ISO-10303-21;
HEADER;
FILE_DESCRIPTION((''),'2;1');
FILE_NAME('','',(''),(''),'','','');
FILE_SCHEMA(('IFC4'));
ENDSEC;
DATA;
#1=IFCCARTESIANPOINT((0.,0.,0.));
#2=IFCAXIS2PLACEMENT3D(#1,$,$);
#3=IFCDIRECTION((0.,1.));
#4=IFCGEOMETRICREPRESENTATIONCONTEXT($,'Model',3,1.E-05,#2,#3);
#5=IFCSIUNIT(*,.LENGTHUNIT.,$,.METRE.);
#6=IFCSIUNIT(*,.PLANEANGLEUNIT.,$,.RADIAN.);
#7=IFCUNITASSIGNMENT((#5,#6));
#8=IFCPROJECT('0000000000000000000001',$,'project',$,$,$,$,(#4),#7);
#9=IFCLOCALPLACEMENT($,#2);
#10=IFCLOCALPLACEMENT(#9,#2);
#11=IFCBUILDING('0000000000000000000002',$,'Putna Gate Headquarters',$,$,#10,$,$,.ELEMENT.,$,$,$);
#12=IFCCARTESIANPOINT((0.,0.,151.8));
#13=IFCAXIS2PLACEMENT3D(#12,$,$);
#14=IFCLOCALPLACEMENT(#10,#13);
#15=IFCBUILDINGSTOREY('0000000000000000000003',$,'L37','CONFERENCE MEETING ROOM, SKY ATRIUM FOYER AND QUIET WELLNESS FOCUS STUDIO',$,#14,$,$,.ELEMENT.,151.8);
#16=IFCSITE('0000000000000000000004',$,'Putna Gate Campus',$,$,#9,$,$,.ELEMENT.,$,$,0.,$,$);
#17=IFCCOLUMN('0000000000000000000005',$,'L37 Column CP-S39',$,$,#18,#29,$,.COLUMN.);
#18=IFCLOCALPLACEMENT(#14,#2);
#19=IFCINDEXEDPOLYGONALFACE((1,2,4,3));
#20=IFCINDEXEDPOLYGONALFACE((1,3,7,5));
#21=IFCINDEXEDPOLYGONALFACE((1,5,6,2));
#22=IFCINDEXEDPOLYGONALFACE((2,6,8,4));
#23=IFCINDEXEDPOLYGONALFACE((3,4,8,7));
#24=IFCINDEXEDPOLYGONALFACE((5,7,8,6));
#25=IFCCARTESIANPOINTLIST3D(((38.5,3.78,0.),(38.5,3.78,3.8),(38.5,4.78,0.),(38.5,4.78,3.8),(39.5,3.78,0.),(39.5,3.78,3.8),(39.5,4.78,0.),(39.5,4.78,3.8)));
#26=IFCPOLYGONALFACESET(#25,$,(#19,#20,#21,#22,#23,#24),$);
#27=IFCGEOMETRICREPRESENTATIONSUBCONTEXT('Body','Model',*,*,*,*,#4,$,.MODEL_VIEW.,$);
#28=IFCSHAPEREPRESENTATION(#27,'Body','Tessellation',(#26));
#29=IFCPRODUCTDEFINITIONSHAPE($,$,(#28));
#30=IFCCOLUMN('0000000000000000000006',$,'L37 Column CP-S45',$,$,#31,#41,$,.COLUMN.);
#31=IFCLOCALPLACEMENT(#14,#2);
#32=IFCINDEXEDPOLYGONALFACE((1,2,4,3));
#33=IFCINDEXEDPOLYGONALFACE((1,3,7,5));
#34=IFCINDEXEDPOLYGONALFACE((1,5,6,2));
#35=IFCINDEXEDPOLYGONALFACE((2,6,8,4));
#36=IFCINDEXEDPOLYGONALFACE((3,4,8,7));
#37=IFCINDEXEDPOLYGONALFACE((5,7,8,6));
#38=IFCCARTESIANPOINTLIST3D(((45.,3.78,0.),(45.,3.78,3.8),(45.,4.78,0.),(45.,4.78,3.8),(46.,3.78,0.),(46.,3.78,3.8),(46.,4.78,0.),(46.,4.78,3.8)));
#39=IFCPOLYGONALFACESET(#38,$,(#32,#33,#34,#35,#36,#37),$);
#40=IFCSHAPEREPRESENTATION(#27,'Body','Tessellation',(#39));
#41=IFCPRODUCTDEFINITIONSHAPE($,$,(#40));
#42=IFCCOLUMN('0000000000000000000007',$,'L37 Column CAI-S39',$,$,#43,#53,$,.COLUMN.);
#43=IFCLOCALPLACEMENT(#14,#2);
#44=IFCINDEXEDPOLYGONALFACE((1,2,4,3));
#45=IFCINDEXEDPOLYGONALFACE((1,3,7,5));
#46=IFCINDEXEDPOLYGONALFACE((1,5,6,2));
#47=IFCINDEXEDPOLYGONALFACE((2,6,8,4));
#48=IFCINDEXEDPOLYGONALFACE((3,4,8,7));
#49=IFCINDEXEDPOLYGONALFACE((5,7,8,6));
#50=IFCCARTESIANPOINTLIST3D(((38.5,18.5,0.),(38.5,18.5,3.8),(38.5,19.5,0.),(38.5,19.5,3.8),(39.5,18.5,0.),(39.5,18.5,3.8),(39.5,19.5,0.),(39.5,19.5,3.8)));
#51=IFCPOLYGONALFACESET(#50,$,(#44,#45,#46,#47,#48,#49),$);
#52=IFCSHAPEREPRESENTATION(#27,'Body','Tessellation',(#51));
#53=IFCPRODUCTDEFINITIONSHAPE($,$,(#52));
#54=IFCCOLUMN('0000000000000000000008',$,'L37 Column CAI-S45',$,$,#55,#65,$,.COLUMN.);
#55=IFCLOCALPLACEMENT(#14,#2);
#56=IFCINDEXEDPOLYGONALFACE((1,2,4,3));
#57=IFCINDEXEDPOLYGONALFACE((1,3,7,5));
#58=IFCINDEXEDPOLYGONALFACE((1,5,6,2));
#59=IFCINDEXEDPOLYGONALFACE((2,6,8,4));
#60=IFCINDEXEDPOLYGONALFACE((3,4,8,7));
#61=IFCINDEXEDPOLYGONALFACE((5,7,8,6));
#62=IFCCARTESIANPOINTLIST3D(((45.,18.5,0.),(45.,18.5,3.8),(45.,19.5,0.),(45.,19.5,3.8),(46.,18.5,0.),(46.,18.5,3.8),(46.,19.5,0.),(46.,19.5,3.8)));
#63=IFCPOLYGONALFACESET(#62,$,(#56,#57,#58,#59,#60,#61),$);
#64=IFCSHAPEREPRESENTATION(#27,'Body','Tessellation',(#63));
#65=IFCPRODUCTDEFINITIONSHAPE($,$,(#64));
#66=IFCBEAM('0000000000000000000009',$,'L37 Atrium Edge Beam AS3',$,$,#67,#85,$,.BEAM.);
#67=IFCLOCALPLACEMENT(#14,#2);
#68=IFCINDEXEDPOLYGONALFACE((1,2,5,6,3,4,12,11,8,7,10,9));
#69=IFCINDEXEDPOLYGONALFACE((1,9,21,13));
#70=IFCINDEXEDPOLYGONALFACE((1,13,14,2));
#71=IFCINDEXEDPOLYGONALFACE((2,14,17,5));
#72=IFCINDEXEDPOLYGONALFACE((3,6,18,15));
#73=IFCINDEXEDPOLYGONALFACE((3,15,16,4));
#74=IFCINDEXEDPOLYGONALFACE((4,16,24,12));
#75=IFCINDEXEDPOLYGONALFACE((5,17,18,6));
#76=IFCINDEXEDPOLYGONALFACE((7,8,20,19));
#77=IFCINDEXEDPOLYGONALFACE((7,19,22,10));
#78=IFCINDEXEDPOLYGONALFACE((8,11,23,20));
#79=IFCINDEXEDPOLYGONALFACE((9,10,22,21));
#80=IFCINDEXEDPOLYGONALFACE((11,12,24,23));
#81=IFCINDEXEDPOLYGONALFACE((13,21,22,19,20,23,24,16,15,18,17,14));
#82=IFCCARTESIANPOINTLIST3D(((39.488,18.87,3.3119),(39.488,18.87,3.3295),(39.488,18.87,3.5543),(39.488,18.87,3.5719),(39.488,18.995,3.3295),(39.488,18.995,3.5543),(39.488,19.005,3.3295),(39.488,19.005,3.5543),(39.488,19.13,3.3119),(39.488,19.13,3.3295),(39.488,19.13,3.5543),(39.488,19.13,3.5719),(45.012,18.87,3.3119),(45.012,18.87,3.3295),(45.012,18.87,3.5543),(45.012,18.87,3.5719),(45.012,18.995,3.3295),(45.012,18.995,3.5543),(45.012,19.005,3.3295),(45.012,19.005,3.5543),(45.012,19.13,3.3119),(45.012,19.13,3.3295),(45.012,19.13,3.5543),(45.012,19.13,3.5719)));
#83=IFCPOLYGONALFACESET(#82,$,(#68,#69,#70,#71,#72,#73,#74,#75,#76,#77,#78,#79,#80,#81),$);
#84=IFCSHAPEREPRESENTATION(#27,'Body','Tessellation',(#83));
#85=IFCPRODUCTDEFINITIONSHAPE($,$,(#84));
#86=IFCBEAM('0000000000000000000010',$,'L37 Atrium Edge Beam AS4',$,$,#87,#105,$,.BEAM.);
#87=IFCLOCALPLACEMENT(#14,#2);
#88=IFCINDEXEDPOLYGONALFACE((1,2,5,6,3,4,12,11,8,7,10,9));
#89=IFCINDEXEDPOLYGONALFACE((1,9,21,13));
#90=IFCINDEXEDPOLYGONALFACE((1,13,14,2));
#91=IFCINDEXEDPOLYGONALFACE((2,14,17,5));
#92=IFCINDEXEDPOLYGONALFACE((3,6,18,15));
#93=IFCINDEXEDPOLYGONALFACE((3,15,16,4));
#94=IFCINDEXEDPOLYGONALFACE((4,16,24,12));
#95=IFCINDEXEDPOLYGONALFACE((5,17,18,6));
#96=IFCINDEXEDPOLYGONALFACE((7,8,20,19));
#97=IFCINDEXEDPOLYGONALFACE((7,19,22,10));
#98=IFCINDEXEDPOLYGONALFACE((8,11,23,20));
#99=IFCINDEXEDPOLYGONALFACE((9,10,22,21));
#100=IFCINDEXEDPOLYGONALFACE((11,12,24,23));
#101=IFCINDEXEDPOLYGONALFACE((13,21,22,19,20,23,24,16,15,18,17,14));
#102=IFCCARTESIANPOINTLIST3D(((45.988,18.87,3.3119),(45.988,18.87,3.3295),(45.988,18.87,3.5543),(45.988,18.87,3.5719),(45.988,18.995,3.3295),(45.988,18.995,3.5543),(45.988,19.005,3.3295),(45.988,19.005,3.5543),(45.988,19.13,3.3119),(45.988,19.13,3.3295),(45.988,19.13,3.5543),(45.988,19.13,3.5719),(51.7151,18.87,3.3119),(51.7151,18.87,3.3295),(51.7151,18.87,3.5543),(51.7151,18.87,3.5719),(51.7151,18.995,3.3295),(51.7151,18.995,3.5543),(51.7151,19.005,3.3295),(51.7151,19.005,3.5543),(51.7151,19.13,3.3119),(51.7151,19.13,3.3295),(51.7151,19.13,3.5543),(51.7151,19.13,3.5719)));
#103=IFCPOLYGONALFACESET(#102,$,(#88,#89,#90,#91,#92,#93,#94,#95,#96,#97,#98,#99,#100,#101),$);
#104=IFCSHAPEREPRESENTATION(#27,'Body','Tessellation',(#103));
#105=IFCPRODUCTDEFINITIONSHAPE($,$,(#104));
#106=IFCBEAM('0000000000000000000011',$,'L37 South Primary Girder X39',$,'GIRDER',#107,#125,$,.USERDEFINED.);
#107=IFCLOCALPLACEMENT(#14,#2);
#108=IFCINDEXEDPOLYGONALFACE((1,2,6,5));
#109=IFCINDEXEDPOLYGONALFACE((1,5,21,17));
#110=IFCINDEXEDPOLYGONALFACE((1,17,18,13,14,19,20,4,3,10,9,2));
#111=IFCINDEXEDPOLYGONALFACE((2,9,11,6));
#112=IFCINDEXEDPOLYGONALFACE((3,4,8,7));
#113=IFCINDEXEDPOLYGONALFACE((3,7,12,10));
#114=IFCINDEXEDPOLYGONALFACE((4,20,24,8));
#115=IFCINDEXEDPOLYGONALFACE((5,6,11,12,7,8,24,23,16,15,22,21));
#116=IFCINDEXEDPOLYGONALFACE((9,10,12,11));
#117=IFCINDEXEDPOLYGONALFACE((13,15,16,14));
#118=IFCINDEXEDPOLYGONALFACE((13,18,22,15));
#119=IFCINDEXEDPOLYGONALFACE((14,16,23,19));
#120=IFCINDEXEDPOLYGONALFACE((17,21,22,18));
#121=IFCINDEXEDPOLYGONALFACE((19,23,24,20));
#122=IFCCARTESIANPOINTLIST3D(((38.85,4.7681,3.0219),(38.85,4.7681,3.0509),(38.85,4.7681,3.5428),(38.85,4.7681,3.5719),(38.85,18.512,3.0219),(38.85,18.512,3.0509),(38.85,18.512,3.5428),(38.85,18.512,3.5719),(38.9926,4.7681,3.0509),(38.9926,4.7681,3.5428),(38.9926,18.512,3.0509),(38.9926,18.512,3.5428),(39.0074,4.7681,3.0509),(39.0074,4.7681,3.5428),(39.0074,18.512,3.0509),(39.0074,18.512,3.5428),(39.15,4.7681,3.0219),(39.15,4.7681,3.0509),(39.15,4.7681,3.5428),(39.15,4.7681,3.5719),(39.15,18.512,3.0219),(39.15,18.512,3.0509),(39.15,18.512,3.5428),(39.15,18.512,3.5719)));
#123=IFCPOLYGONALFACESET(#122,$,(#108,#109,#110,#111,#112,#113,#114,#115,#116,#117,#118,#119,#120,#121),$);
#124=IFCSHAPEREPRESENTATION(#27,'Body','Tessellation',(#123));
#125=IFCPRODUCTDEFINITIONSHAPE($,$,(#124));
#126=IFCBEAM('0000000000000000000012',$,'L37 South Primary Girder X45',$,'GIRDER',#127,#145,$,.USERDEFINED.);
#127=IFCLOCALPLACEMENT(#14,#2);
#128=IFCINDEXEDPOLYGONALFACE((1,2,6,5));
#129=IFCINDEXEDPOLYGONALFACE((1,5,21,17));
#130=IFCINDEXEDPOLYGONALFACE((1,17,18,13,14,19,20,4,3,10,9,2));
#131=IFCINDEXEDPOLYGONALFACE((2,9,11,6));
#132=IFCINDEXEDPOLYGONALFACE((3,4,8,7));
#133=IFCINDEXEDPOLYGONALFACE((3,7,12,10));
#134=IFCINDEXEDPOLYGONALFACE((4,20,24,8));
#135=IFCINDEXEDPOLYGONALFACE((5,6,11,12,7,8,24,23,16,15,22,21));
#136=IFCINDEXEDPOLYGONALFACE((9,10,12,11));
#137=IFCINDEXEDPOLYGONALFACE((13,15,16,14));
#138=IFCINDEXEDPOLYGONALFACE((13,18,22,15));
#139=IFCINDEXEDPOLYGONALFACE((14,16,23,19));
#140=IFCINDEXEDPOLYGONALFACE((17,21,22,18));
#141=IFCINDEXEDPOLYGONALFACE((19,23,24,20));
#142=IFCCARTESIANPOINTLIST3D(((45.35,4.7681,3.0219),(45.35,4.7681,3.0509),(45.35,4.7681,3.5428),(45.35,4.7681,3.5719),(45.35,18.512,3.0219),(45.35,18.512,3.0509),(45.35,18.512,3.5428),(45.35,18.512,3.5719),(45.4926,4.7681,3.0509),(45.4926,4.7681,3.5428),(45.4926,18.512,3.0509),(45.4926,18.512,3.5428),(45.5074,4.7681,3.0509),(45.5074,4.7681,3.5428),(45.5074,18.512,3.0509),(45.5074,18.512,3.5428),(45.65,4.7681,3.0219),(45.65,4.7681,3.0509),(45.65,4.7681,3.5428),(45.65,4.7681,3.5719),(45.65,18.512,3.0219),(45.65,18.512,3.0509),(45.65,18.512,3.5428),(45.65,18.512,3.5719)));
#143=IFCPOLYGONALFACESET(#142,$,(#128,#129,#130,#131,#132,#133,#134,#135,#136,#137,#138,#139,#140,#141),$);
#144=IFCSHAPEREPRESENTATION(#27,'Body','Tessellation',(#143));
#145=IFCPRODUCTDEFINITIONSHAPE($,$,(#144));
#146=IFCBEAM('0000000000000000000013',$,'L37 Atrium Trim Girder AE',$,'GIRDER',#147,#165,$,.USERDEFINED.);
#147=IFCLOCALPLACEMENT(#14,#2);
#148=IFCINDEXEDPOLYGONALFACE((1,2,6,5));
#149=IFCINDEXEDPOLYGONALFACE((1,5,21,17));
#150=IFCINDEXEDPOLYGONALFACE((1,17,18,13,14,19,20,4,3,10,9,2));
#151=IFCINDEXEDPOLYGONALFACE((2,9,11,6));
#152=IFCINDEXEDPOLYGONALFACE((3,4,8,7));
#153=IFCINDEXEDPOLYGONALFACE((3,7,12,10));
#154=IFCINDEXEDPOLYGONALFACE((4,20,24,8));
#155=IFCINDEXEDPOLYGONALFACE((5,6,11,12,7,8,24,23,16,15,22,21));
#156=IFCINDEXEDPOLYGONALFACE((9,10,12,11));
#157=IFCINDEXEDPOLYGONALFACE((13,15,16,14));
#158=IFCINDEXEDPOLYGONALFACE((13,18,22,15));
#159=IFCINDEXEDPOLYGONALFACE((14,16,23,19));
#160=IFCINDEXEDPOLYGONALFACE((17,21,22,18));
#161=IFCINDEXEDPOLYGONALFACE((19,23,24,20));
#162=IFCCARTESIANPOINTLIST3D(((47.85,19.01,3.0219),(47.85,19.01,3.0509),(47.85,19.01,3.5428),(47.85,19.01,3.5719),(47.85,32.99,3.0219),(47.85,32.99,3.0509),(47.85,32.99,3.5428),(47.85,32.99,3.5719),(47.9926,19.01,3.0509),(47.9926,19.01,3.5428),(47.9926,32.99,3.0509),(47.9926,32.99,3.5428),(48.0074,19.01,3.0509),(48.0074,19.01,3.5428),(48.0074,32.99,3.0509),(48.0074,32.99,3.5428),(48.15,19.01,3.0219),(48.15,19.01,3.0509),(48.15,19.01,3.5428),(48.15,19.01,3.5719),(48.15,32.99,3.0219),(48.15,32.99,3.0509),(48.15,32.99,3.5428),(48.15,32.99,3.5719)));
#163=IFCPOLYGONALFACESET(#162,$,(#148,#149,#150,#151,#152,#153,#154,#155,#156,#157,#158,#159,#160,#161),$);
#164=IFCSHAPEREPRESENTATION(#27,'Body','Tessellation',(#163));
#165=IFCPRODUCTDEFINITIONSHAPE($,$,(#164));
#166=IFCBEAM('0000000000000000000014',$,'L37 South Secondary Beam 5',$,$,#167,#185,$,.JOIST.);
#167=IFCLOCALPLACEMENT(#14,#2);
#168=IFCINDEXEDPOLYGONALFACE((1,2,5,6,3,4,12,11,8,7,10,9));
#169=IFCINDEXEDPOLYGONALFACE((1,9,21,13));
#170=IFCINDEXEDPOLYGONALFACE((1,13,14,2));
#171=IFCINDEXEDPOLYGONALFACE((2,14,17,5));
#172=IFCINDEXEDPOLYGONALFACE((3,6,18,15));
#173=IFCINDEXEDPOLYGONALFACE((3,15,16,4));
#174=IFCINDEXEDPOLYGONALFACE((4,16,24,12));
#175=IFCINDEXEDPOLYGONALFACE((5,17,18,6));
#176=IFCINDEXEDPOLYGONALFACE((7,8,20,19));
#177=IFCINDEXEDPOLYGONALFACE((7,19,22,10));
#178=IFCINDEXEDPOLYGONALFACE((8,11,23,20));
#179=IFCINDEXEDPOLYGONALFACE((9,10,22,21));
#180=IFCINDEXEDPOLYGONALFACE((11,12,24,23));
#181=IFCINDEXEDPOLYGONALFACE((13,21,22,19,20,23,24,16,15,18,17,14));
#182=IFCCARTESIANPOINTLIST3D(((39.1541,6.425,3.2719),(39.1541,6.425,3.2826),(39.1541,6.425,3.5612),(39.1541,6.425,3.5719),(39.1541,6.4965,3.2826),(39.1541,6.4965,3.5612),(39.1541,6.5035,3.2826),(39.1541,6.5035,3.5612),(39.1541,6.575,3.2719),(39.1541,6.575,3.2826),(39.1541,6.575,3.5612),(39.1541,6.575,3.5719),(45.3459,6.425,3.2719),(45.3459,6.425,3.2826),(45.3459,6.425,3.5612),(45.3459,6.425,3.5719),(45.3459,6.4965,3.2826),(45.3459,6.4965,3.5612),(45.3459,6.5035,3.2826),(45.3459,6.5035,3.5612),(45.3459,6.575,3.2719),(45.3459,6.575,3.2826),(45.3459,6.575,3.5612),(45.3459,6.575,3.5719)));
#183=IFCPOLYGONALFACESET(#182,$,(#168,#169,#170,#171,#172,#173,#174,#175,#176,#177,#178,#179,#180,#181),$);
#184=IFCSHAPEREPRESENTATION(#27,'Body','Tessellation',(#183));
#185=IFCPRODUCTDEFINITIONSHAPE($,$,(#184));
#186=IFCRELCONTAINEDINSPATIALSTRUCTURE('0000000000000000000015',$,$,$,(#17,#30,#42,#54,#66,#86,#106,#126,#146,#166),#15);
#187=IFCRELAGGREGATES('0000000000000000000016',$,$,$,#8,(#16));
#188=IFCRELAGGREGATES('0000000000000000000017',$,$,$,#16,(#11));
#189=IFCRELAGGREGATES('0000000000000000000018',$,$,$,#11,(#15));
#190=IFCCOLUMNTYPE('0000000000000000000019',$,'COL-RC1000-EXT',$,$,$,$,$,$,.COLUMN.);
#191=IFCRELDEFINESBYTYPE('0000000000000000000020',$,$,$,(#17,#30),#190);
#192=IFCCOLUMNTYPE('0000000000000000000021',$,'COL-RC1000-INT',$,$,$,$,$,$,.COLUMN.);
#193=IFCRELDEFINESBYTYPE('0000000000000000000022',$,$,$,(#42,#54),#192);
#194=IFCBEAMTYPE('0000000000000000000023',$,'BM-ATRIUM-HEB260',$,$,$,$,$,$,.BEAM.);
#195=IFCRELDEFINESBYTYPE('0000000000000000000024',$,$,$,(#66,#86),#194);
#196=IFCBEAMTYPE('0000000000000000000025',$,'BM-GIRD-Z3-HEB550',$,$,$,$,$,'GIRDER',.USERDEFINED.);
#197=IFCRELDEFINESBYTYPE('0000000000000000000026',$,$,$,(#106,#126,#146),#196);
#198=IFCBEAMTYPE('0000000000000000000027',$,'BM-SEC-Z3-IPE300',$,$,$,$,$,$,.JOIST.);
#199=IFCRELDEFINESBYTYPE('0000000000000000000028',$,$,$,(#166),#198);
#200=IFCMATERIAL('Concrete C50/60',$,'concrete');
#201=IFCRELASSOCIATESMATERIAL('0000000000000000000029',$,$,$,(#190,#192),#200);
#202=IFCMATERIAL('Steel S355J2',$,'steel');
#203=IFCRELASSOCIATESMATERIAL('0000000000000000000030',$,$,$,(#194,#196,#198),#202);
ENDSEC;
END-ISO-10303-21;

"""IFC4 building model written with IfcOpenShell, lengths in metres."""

from ifc_helpers import new_model, si_unit, direction, frame, origin, origin_2d, place, context, subcontext, project, spatial, rectangle, i_section, extrude, material, material_profile, profile_set, type_object, element, save


model = new_model("IFC4")

# Units and contexts
model_context = context("Model", 3, precision=1e-05, world=origin(), true_north=direction((0.0, 1.0)))
body_context = subcontext(model_context, "Body", "Model", "MODEL_VIEW")
ifc_project = project(units=[si_unit("LENGTHUNIT", "METRE"), si_unit("PLANEANGLEUNIT", "RADIAN")], contexts=[model_context])

# Site, building, storey
site_placement = place(None, origin())
site = spatial("IfcSite", under=ifc_project, at=site_placement, Name="Putna Gate Campus", CompositionType="ELEMENT", RefElevation=0.0)
building_placement = place(site_placement, origin())
building = spatial("IfcBuilding", under=site, at=building_placement, Name="Putna Gate Headquarters", CompositionType="ELEMENT")
storey_placement = place(building_placement, frame((0.0, 0.0, 151.8)))
storey = spatial("IfcBuildingStorey", under=building, at=storey_placement, Name="L37", Description="CONFERENCE MEETING ROOM, SKY ATRIUM FOYER AND QUIET WELLNESS FOCUS STUDIO", CompositionType="ELEMENT", Elevation=151.8)

# Columns
ifc_material_1 = material(Name="Concrete C50/60", Category="concrete")
ifc_material_profile_1 = material_profile(ifc_material_1, rectangle(XDim=1.0, YDim=1.0, at=origin_2d()), Name="Concrete C50/60")
ifc_profile_set_1 = profile_set([ifc_material_profile_1], Name="Concrete C50/60")
column_type_1 = type_object("IfcColumnType", Name="COL-RC1000-EXT", PredefinedType="COLUMN", material=ifc_profile_set_1)
for number, where, z_axis, x_axis, name in (
    (1, (39.0, 4.28, 0.0), (0.0, 0.0, 1.0), (1.0, 0.0, 0.0), "L37 Column CP-S39"),
    (2, (45.5, 4.28, 0.0), (0.0, 0.0, 1.0), (1.0, 0.0, 0.0), "L37 Column CP-S45"),
):
    element("IfcColumn", number, at=place(storey_placement, frame(where, z_axis=z_axis, x_axis=x_axis)), inside=storey, type_object=column_type_1, Name=name, PredefinedType="COLUMN", context=body_context, shape_type="SweptSolid", body=[
        extrude(rectangle(XDim=1.0, YDim=1.0, at=origin_2d()), origin(), (0.0, 0.0, 1.0), 3.8),
    ])
ifc_material_profile_2 = material_profile(ifc_material_1, rectangle(XDim=1.0, YDim=1.0, at=origin_2d()), Name="Concrete C50/60")
ifc_profile_set_2 = profile_set([ifc_material_profile_2], Name="Concrete C50/60")
column_type_2 = type_object("IfcColumnType", Name="COL-RC1000-INT", PredefinedType="COLUMN", material=ifc_profile_set_2)
for number, where, z_axis, x_axis, name in (
    (3, (39.0, 19.0, 0.0), (0.0, 0.0, 1.0), (1.0, 0.0, 0.0), "L37 Column CAI-S39"),
    (4, (45.5, 19.0, 0.0), (0.0, 0.0, 1.0), (1.0, 0.0, 0.0), "L37 Column CAI-S45"),
):
    element("IfcColumn", number, at=place(storey_placement, frame(where, z_axis=z_axis, x_axis=x_axis)), inside=storey, type_object=column_type_2, Name=name, PredefinedType="COLUMN", context=body_context, shape_type="SweptSolid", body=[
        extrude(rectangle(XDim=1.0, YDim=1.0, at=origin_2d()), origin(), (0.0, 0.0, 1.0), 3.8),
    ])

# Beams
ifc_material_2 = material(Name="Steel S355J2", Category="steel")
ifc_material_profile_3 = material_profile(ifc_material_2, i_section(OverallWidth=0.26, OverallDepth=0.26, WebThickness=0.01, FlangeThickness=0.0176, at=origin_2d()), Name="Steel S355J2")
ifc_profile_set_3 = profile_set([ifc_material_profile_3], Name="Steel S355J2")
beam_type_1 = type_object("IfcBeamType", Name="BM-ATRIUM-HEB260", PredefinedType="BEAM", material=ifc_profile_set_3)
beam_1_placement = place(storey_placement, frame((39.488, 19.0, 3.4419), z_axis=(1.0, 0.0, 0.0), x_axis=(0.0, 1.0, 0.0)))
element("IfcBeam", 5, at=beam_1_placement, inside=storey, type_object=beam_type_1, Name="L37 Atrium Edge Beam AS3", PredefinedType="BEAM", context=body_context, shape_type="SweptSolid", body=[
    extrude(i_section(OverallWidth=0.26, OverallDepth=0.26, WebThickness=0.01, FlangeThickness=0.0176, at=origin_2d()), origin(), (0.0, 0.0, 1.0), 5.5239),
])
beam_2_placement = place(storey_placement, frame((45.988, 19.0, 3.4419), z_axis=(1.0, 0.0, 0.0), x_axis=(0.0, 1.0, 0.0)))
element("IfcBeam", 6, at=beam_2_placement, inside=storey, type_object=beam_type_1, Name="L37 Atrium Edge Beam AS4", PredefinedType="BEAM", context=body_context, shape_type="SweptSolid", body=[
    extrude(i_section(OverallWidth=0.26, OverallDepth=0.26, WebThickness=0.01, FlangeThickness=0.0176, at=origin_2d()), origin(), (0.0, 0.0, 1.0), 5.7271),
])
ifc_material_profile_4 = material_profile(ifc_material_2, i_section(OverallWidth=0.3, OverallDepth=0.55, WebThickness=0.0149, FlangeThickness=0.0291, at=origin_2d()), Name="Steel S355J2")
ifc_profile_set_4 = profile_set([ifc_material_profile_4], Name="Steel S355J2")
beam_type_2 = type_object("IfcBeamType", Name="BM-GIRD-Z3-HEB550", ElementType="GIRDER", PredefinedType="USERDEFINED", material=ifc_profile_set_4)
for number, where, z_axis, x_axis, name in (
    (7, (39.0, 4.7681, 3.2969), (0.0, 1.0, 0.0), (-1.0, 0.0, 0.0), "L37 South Primary Girder X39"),
    (8, (45.5, 4.7681, 3.2969), (0.0, 1.0, 0.0), (-1.0, 0.0, 0.0), "L37 South Primary Girder X45"),
):
    element("IfcBeam", number, at=place(storey_placement, frame(where, z_axis=z_axis, x_axis=x_axis)), inside=storey, type_object=beam_type_2, Name=name, ObjectType="GIRDER", PredefinedType="USERDEFINED", context=body_context, shape_type="SweptSolid", body=[
        extrude(i_section(OverallWidth=0.3, OverallDepth=0.55, WebThickness=0.0149, FlangeThickness=0.0291, at=origin_2d()), origin(), (0.0, 0.0, 1.0), 13.7439),
    ])
beam_3_placement = place(storey_placement, frame((48.0, 19.01, 3.2969), z_axis=(0.0, 1.0, 0.0), x_axis=(-1.0, 0.0, 0.0)))
element("IfcBeam", 9, at=beam_3_placement, inside=storey, type_object=beam_type_2, Name="L37 Atrium Trim Girder AE", ObjectType="GIRDER", PredefinedType="USERDEFINED", context=body_context, shape_type="SweptSolid", body=[
    extrude(i_section(OverallWidth=0.3, OverallDepth=0.55, WebThickness=0.0149, FlangeThickness=0.0291, at=origin_2d()), origin(), (0.0, 0.0, 1.0), 13.98),
])
ifc_material_profile_5 = material_profile(ifc_material_2, i_section(OverallWidth=0.1499, OverallDepth=0.3, WebThickness=0.0071, FlangeThickness=0.0107, at=origin_2d()), Name="Steel S355J2")
ifc_profile_set_5 = profile_set([ifc_material_profile_5], Name="Steel S355J2")
beam_type_3 = type_object("IfcBeamType", Name="BM-SEC-Z3-IPE300", PredefinedType="JOIST", material=ifc_profile_set_5)
for number, where, z_axis, x_axis, name in (
    (10, (39.1541, 6.5, 3.4219), (1.0, 0.0, 0.0), (0.0, 1.0, 0.0), "L37 South Secondary Beam 5"),
):
    element("IfcBeam", number, at=place(storey_placement, frame(where, z_axis=z_axis, x_axis=x_axis)), inside=storey, type_object=beam_type_3, Name=name, PredefinedType="JOIST", context=body_context, shape_type="SweptSolid", body=[
        extrude(i_section(OverallWidth=0.1499, OverallDepth=0.3, WebThickness=0.0071, FlangeThickness=0.0107, at=origin_2d()), origin(), (0.0, 0.0, 1.0), 6.1919),
    ])

save(model, "model.ifc")
